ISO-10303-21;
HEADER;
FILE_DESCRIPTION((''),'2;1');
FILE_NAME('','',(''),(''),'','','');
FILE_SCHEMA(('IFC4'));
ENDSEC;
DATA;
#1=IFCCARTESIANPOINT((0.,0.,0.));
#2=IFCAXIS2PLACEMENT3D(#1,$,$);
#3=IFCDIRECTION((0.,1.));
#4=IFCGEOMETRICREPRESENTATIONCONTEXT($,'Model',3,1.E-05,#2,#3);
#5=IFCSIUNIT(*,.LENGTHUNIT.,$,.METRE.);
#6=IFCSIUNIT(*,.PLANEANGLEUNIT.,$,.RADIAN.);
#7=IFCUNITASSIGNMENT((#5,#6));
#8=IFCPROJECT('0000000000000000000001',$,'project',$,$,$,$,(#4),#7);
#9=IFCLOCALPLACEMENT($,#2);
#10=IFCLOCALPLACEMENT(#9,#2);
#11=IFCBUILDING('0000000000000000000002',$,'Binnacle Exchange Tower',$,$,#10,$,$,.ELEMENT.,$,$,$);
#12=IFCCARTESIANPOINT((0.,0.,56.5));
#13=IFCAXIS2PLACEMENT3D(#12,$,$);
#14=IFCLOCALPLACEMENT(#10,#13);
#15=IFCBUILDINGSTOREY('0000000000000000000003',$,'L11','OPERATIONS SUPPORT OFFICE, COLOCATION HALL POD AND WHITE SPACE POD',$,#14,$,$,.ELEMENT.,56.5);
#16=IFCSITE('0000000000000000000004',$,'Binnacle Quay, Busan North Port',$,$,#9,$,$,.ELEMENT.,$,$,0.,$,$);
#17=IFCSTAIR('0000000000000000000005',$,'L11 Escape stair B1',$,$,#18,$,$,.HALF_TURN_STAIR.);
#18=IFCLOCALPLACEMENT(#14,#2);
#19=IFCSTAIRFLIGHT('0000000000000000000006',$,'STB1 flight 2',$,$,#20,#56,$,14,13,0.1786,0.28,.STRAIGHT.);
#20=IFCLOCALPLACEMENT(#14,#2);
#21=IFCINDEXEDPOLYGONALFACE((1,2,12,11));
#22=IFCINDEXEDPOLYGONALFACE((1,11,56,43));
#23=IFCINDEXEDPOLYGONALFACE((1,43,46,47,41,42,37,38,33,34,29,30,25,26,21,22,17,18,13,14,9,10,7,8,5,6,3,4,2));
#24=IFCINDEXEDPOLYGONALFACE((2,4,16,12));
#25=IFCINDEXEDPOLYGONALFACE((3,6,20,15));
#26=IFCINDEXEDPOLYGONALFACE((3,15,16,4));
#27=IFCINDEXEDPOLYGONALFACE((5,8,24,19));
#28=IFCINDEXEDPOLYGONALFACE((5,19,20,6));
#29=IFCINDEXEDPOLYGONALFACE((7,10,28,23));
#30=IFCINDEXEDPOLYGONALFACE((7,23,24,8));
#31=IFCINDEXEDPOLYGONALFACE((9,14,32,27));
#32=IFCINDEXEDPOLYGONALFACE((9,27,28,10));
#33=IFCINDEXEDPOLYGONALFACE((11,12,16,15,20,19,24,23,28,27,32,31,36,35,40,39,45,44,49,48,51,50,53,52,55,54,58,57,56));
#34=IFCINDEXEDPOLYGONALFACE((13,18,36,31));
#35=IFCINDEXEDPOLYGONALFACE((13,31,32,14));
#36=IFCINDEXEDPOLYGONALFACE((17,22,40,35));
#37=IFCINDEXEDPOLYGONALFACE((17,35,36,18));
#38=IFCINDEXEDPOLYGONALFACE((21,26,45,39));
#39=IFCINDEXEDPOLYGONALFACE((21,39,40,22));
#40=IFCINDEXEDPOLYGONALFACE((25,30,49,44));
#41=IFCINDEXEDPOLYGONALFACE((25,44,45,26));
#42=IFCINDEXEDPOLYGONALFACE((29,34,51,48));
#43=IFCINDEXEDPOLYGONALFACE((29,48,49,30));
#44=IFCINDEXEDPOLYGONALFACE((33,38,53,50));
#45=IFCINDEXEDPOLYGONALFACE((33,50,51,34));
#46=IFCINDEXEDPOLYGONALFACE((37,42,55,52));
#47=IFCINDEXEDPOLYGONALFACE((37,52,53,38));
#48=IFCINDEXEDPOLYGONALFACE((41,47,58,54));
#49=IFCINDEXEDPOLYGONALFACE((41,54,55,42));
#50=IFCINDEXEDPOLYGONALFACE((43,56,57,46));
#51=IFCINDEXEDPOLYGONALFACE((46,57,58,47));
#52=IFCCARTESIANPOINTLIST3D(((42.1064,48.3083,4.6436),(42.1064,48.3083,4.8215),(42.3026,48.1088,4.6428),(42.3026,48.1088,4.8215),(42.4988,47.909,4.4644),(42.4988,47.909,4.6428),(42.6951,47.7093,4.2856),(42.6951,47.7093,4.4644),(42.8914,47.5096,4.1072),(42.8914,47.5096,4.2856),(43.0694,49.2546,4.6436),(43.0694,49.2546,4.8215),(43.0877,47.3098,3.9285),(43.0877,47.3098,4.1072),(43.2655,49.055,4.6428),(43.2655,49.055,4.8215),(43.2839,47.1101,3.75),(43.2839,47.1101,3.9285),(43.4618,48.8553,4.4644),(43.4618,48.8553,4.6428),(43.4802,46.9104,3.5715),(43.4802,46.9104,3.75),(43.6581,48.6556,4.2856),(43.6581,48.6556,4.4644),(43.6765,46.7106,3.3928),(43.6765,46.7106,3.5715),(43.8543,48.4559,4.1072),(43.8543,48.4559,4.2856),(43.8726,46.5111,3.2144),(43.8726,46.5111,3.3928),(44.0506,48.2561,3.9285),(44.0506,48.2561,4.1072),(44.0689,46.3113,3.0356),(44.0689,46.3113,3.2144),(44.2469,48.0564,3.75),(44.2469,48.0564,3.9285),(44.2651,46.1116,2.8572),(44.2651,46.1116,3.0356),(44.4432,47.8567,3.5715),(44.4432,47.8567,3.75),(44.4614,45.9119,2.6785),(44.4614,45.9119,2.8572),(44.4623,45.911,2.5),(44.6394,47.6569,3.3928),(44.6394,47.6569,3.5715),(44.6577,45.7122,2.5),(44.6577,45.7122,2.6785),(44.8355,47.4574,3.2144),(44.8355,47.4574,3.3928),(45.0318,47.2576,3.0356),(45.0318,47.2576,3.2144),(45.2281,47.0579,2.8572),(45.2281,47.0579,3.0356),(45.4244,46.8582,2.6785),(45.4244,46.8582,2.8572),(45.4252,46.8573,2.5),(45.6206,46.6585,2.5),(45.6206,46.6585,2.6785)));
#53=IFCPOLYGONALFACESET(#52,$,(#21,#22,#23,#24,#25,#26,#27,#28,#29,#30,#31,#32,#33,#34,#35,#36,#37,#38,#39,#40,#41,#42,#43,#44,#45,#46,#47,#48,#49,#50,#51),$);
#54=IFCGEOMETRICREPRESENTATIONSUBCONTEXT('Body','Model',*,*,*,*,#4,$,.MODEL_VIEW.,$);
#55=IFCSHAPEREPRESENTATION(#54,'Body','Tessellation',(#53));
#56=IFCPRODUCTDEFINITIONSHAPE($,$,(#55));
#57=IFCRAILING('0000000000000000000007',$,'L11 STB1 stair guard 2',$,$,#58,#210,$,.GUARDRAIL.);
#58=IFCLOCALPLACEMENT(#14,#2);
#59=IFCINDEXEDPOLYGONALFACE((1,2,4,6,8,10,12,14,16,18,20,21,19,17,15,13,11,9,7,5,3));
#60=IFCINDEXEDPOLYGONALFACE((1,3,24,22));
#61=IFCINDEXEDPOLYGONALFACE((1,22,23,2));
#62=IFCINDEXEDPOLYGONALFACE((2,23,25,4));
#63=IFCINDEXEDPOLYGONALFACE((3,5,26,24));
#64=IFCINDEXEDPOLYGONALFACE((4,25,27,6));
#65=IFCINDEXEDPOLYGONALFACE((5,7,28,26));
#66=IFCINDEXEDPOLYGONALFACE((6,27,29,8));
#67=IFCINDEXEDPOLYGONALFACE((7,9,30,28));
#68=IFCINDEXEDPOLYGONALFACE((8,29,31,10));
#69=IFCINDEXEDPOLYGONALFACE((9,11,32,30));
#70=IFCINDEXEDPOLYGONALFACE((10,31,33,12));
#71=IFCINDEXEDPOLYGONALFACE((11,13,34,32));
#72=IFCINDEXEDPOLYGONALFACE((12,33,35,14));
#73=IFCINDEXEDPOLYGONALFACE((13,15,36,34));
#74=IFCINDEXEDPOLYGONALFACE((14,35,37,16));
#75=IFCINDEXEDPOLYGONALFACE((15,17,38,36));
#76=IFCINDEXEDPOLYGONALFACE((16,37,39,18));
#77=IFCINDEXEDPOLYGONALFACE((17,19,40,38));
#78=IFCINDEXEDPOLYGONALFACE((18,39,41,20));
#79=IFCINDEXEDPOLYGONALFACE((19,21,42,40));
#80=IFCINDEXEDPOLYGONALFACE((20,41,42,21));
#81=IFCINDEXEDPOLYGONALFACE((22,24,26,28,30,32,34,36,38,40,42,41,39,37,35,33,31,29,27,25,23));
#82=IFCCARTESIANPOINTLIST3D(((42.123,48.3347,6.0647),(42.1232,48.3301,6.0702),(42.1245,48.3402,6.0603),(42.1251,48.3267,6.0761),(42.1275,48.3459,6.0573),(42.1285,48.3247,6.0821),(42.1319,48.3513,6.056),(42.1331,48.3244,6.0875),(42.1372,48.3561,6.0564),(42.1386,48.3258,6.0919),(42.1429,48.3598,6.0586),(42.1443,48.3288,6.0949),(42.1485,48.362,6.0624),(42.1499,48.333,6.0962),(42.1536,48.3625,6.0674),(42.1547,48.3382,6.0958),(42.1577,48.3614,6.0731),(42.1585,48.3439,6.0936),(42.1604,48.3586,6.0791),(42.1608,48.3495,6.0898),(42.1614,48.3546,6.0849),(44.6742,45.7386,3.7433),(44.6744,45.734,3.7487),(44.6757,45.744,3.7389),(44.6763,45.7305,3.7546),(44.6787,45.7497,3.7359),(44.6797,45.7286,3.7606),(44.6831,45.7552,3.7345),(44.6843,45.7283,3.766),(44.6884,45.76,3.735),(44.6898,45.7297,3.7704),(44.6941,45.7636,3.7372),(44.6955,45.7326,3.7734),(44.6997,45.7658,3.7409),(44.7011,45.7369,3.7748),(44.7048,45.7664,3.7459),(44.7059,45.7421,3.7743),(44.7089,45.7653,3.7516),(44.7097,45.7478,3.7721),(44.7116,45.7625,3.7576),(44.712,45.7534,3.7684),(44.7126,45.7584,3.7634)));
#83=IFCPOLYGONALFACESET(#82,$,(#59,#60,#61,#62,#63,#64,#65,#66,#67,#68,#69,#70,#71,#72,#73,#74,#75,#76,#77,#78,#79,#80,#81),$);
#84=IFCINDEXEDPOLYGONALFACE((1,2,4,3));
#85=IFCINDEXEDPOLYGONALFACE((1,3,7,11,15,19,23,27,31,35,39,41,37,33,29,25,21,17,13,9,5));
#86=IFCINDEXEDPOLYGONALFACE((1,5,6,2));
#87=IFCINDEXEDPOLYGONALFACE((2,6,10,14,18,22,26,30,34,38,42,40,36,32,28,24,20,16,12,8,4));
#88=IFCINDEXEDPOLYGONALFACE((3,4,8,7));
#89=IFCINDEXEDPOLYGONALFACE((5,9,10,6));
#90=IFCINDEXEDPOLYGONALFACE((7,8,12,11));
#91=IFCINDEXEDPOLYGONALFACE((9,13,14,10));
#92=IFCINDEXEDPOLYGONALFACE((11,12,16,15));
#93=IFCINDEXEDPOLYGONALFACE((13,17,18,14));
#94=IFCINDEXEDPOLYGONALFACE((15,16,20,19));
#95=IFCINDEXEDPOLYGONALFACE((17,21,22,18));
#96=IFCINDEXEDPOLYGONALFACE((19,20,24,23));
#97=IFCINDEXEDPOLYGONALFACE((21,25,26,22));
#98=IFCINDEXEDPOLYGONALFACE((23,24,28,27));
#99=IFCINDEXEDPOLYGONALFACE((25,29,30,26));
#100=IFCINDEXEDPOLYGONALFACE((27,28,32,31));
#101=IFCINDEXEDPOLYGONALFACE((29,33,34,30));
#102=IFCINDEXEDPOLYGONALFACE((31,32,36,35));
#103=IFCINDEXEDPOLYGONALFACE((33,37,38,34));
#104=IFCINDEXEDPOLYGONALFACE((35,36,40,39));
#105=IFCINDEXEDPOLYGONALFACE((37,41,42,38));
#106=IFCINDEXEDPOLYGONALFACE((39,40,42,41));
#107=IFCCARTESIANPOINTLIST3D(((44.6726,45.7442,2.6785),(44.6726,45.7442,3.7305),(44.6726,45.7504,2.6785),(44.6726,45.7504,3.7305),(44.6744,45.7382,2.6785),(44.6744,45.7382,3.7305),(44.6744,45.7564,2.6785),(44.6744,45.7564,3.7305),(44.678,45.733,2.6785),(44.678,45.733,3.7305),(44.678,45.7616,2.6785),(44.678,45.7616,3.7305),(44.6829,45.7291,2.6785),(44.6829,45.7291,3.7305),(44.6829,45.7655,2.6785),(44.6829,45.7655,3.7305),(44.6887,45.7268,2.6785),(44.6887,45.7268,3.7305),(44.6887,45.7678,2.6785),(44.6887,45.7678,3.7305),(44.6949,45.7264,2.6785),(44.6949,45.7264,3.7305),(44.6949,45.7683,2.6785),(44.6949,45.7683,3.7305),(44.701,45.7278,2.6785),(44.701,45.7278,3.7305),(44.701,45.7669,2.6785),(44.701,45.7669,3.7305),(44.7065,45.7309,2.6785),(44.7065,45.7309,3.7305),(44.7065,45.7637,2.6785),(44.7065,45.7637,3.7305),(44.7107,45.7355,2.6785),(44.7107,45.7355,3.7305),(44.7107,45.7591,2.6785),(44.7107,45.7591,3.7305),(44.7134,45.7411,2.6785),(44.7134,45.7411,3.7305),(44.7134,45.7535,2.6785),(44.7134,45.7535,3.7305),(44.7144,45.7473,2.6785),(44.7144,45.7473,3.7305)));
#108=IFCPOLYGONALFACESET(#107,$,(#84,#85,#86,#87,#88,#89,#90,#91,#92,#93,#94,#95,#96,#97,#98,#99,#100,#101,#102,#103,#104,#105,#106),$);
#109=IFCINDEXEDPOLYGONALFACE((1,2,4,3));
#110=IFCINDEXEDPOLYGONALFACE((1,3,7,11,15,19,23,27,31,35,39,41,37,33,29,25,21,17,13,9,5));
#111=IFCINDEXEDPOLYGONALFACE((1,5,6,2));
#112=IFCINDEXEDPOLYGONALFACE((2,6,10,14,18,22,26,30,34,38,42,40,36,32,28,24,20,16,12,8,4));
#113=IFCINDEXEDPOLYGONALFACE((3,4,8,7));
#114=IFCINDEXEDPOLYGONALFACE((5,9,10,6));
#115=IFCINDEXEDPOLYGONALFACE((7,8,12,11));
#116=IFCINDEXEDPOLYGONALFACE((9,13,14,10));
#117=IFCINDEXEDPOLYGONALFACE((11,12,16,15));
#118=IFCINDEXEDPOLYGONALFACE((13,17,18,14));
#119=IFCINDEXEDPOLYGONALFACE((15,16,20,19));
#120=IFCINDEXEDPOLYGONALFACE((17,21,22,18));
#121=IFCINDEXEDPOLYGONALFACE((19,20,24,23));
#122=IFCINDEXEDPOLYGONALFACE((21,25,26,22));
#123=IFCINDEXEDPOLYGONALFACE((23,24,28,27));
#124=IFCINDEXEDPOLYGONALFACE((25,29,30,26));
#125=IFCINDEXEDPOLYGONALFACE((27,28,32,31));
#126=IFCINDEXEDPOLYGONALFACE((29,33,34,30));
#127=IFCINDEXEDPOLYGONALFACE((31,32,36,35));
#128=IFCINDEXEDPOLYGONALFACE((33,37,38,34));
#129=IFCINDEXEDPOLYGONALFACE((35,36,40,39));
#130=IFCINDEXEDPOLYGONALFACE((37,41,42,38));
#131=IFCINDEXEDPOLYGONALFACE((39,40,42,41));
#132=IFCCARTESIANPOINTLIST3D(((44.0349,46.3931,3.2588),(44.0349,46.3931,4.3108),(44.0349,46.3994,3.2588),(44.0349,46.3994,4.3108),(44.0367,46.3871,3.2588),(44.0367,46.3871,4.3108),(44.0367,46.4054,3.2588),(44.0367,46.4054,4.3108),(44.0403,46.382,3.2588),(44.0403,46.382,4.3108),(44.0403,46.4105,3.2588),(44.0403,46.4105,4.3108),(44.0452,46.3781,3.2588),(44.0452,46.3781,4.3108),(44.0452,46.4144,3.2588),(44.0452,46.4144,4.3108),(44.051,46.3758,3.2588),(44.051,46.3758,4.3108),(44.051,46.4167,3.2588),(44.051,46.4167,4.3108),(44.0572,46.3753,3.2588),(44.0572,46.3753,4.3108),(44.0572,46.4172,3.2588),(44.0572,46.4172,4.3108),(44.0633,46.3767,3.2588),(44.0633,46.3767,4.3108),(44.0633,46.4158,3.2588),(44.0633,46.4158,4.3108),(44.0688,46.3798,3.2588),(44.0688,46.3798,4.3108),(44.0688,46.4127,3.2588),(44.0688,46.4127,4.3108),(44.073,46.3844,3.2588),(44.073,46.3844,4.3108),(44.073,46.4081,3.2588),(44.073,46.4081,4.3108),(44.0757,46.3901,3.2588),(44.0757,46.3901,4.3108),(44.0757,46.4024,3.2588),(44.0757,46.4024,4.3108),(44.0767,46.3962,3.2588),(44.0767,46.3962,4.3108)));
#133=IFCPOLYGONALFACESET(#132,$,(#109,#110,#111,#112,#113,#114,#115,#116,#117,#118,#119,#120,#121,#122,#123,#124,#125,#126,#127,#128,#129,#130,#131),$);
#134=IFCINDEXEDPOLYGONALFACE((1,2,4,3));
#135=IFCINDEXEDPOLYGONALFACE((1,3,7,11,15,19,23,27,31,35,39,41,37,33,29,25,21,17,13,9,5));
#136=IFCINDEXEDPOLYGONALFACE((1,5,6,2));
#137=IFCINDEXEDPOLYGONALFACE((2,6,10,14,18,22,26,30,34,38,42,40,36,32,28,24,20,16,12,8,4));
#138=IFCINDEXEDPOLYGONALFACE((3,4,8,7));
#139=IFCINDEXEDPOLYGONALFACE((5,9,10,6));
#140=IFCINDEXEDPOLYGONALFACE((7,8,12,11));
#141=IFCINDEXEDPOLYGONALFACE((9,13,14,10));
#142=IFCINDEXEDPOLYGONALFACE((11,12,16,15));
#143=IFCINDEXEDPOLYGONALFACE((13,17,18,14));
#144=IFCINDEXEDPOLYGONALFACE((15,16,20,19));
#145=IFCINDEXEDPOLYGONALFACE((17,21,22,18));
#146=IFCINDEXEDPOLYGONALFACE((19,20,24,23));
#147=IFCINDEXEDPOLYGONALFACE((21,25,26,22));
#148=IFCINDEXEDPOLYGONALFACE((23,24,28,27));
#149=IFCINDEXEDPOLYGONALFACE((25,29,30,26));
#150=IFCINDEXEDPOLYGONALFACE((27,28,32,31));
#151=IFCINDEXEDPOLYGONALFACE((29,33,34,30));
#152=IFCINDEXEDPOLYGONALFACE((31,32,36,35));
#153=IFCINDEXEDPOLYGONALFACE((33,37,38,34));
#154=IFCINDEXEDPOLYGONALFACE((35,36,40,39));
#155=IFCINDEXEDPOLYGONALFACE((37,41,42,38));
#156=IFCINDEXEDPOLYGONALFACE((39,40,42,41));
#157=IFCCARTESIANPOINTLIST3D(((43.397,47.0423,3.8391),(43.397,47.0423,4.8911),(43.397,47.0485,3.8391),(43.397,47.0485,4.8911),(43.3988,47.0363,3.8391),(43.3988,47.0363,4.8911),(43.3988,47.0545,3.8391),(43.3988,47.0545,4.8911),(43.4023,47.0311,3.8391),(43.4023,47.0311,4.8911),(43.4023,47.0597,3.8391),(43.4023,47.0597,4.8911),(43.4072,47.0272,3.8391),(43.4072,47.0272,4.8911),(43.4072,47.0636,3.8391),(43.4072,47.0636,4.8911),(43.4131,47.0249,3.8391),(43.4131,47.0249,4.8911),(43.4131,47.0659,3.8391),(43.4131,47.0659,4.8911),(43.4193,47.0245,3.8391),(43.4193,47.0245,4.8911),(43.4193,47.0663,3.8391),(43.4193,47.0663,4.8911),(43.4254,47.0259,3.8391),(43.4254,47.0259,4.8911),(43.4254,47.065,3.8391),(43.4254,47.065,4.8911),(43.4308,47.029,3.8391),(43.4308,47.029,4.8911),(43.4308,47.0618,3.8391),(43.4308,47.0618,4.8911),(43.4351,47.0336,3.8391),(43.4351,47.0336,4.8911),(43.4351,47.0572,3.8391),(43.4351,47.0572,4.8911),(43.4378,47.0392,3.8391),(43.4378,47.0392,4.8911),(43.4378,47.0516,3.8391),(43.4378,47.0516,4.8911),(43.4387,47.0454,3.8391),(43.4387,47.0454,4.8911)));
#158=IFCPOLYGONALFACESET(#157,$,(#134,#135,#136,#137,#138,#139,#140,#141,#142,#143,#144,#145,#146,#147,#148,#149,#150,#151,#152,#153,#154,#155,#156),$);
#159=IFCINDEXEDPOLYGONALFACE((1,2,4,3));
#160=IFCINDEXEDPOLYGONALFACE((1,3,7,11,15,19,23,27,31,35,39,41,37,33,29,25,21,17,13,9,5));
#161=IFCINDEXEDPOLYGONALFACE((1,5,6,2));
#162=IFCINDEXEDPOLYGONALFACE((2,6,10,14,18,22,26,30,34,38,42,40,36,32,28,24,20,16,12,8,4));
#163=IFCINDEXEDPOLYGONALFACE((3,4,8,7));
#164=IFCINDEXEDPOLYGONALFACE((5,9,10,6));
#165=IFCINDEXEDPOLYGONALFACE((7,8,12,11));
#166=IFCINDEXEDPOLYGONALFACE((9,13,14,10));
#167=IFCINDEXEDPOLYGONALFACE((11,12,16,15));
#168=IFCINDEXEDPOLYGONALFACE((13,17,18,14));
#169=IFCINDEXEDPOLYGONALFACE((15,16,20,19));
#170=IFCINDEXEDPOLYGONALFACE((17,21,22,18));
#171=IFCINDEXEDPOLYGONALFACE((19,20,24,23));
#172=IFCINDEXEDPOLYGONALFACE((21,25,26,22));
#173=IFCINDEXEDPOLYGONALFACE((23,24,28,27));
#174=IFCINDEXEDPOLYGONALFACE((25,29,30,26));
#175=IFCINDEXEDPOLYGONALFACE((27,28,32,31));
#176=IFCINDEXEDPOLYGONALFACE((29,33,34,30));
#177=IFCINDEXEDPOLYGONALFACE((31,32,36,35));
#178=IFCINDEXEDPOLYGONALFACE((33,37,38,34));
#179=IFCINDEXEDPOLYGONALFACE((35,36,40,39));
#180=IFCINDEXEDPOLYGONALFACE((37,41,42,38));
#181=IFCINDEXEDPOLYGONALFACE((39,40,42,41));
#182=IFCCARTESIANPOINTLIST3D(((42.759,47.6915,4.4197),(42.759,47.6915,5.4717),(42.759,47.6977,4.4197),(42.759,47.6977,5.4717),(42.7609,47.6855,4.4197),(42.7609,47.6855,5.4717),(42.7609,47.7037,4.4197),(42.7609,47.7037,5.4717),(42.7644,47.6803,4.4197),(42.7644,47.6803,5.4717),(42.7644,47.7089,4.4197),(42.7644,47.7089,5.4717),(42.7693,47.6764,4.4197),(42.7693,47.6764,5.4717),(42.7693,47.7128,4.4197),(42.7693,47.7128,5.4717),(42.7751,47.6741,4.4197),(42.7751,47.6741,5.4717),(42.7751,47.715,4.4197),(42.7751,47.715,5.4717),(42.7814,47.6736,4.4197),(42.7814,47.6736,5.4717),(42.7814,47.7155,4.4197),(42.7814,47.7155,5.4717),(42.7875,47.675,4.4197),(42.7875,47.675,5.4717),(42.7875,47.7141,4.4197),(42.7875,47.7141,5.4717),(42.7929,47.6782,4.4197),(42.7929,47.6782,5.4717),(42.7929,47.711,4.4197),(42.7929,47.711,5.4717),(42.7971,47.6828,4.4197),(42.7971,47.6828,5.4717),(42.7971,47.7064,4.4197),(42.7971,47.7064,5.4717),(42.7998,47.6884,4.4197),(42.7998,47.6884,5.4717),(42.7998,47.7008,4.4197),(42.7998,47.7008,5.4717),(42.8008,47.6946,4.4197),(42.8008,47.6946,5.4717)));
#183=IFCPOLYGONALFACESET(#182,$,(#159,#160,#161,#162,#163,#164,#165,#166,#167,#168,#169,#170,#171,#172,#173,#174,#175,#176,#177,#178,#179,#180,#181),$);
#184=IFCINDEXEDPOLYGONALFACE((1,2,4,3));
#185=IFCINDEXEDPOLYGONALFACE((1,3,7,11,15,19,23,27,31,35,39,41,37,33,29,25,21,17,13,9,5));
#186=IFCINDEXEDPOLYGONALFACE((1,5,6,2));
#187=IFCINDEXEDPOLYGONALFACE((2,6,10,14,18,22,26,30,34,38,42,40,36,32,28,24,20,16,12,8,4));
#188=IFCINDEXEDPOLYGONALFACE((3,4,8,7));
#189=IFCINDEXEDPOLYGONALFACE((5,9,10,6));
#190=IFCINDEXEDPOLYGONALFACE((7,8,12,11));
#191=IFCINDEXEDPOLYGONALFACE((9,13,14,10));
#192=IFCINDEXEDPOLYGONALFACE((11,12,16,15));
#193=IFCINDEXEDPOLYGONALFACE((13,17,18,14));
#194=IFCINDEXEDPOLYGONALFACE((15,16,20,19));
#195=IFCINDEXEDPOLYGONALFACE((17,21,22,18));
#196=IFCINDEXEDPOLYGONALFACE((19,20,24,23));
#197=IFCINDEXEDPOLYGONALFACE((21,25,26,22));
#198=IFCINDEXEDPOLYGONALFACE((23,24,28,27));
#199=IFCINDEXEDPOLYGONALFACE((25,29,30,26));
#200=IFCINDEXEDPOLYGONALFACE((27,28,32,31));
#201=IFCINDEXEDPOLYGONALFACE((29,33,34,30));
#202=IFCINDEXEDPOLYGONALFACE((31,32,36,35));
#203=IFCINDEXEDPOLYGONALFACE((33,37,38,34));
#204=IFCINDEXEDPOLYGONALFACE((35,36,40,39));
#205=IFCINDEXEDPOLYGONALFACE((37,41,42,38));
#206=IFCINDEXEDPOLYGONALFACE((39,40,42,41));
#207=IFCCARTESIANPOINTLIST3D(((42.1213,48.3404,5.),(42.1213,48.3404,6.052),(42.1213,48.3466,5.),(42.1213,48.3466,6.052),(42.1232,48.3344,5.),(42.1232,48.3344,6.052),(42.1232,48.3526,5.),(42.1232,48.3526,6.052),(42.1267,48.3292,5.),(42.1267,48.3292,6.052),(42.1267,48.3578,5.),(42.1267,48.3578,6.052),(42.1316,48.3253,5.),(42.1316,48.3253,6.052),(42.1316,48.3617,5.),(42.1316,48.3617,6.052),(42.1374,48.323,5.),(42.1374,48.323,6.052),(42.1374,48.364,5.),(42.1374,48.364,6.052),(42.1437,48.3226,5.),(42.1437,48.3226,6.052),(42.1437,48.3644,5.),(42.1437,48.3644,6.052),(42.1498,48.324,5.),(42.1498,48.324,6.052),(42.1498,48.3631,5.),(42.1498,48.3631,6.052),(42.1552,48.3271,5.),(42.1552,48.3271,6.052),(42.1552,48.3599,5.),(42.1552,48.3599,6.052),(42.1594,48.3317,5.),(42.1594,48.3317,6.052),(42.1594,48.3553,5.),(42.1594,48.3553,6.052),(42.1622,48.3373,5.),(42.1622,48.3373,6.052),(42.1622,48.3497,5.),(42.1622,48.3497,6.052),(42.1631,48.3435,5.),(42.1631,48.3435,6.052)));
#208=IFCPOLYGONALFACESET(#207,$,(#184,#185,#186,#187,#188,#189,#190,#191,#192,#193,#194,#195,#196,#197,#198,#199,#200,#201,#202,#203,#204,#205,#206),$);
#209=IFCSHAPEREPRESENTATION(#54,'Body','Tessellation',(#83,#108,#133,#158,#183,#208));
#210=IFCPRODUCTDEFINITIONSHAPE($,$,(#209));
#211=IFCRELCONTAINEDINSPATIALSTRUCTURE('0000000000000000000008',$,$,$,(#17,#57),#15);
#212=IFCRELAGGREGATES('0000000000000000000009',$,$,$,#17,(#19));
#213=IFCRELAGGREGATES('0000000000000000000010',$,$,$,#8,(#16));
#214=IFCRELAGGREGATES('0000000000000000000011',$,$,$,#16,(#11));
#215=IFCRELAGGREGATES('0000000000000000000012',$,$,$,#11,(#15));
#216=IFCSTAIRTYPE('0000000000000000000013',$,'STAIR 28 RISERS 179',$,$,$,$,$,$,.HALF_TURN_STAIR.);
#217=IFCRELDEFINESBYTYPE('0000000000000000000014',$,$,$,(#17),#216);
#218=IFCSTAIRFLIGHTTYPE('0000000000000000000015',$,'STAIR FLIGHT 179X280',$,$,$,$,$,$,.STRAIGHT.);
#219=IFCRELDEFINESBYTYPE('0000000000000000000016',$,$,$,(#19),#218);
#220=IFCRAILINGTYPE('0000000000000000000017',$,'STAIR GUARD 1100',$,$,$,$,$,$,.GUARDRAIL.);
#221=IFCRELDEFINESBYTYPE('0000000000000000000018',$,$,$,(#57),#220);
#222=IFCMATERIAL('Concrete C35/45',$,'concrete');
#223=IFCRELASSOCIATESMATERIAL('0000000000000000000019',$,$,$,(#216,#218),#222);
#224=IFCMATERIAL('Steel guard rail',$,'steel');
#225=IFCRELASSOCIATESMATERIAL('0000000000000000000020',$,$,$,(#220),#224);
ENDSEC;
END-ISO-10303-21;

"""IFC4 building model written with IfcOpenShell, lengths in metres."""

from ifc_helpers import new_model, si_unit, direction, frame, origin, origin_2d, place, context, subcontext, project, spatial, polyline, circle, outline, extrude, material, type_object, element, aggregate, save


model = new_model("IFC4")

# Units and contexts
model_context = context("Model", 3, precision=1e-05, world=origin(), true_north=direction((0.0, 1.0)))
body_context = subcontext(model_context, "Body", "Model", "MODEL_VIEW")
ifc_project = project(units=[si_unit("LENGTHUNIT", "METRE"), si_unit("PLANEANGLEUNIT", "RADIAN")], contexts=[model_context])

# Site, building, storey
site_placement = place(None, origin())
site = spatial("IfcSite", under=ifc_project, at=site_placement, Name="Binnacle Quay, Busan North Port", CompositionType="ELEMENT", RefElevation=0.0)
building_placement = place(site_placement, origin())
building = spatial("IfcBuilding", under=site, at=building_placement, Name="Binnacle Exchange Tower", CompositionType="ELEMENT")
storey_placement = place(building_placement, frame((0.0, 0.0, 56.5)))
storey = spatial("IfcBuildingStorey", under=building, at=storey_placement, Name="L11", Description="OPERATIONS SUPPORT OFFICE, COLOCATION HALL POD AND WHITE SPACE POD", CompositionType="ELEMENT", Elevation=56.5)

# Stair, stair flight
ifc_material_1 = material(Name="Concrete C35/45", Category="concrete")
stair_type = type_object("IfcStairType", Name="STAIR 28 RISERS 179", PredefinedType="HALF_TURN_STAIR", material=ifc_material_1)
stair_placement = place(storey_placement, origin())
stair = element("IfcStair", 1, at=stair_placement, inside=storey, type_object=stair_type, Name="L11 Escape stair B1", PredefinedType="HALF_TURN_STAIR")
stair_flight_type = type_object("IfcStairFlightType", Name="STAIR FLIGHT 179X280", PredefinedType="STRAIGHT", material=ifc_material_1)
stair_flight_1_placement = place(storey_placement, frame((45.1392, 46.1853, 2.5), z_axis=(0.0, 0.0, 1.0), x_axis=(-0.700909, 0.71325, 0.0)))
stair_flight_1 = element("IfcStairFlight", 2, at=stair_flight_1_placement, type_object=stair_flight_type, Name="STB1 flight 2", NumberOfRisers=14, NumberOfTreads=13, PredefinedType="STRAIGHT", RiserHeight=0.1786, TreadLength=0.28, context=body_context, shape_type="SweptSolid", body=[
    extrude(outline(polyline([(0.0, 0.0), (0.0, 0.1785), (0.28, 0.1785), (0.28, 0.3572), (0.5601, 0.3572), (0.5601, 0.5356), (0.8401, 0.5356), (0.8401, 0.7144), (1.1201, 0.7144), (1.1201, 0.8928), (1.3999, 0.8928), (1.3999, 1.0715), (1.6799, 1.0715), (1.6799, 1.25), (1.96, 1.25), (1.96, 1.4285), (2.24, 1.4285), (2.24, 1.6072), (2.52, 1.6072), (2.52, 1.7856), (2.8, 1.7856), (2.8, 1.9644), (3.0801, 1.9644), (3.0801, 2.1428), (3.3601, 2.1428), (3.3601, 2.3215), (3.6399, 2.3215), (3.6399, 2.5), (3.6399, 2.1436), (0.2788, 0.0), (0.0, 0.0)])), frame((0.0, 0.675, 0.0), z_axis=(0.0, -1.0, 0.0), x_axis=(1.0, 0.0, 0.0)), (0.0, 0.0, 1.0), 1.3501),
])
aggregate(stair, [stair_flight_1])

# Railing
ifc_material_2 = material(Name="Steel guard rail", Category="steel")
railing_type_1 = type_object("IfcRailingType", Name="STAIR GUARD 1100", PredefinedType="GUARDRAIL", material=ifc_material_2)
railing_1_placement = place(storey_placement, frame((44.6934, 45.7473, 2.6785)))
element("IfcRailing", 3, at=railing_1_placement, inside=storey, type_object=railing_type_1, Name="L11 STB1 stair guard 2", PredefinedType="GUARDRAIL", context=body_context, shape_type="SweptSolid", body=[
    extrude(circle(Radius=0.0239, at=origin_2d()), frame((0.0, 0.0, 1.0762), z_axis=(-0.590947, 0.601352, 0.537733), x_axis=(-0.713251, -0.700909, 0.0)), (0.0, 0.0, 1.0), 4.3171),
    extrude(circle(Radius=0.021, at=origin_2d()), origin(), (0.0, 0.0, 1.0), 1.052),
    extrude(circle(Radius=0.021, at=origin_2d()), frame((-0.6377, 0.6489, 0.5803)), (0.0, 0.0, 1.0), 1.052),
    extrude(circle(Radius=0.021, at=origin_2d()), frame((-1.2756, 1.2981, 1.1606)), (0.0, 0.0, 1.0), 1.052),
    extrude(circle(Radius=0.021, at=origin_2d()), frame((-1.9136, 1.9473, 1.7412)), (0.0, 0.0, 1.0), 1.052),
    extrude(circle(Radius=0.021, at=origin_2d()), frame((-2.5513, 2.5962, 2.3215)), (0.0, 0.0, 1.0), 1.052),
])

save(model, "model.ifc")
